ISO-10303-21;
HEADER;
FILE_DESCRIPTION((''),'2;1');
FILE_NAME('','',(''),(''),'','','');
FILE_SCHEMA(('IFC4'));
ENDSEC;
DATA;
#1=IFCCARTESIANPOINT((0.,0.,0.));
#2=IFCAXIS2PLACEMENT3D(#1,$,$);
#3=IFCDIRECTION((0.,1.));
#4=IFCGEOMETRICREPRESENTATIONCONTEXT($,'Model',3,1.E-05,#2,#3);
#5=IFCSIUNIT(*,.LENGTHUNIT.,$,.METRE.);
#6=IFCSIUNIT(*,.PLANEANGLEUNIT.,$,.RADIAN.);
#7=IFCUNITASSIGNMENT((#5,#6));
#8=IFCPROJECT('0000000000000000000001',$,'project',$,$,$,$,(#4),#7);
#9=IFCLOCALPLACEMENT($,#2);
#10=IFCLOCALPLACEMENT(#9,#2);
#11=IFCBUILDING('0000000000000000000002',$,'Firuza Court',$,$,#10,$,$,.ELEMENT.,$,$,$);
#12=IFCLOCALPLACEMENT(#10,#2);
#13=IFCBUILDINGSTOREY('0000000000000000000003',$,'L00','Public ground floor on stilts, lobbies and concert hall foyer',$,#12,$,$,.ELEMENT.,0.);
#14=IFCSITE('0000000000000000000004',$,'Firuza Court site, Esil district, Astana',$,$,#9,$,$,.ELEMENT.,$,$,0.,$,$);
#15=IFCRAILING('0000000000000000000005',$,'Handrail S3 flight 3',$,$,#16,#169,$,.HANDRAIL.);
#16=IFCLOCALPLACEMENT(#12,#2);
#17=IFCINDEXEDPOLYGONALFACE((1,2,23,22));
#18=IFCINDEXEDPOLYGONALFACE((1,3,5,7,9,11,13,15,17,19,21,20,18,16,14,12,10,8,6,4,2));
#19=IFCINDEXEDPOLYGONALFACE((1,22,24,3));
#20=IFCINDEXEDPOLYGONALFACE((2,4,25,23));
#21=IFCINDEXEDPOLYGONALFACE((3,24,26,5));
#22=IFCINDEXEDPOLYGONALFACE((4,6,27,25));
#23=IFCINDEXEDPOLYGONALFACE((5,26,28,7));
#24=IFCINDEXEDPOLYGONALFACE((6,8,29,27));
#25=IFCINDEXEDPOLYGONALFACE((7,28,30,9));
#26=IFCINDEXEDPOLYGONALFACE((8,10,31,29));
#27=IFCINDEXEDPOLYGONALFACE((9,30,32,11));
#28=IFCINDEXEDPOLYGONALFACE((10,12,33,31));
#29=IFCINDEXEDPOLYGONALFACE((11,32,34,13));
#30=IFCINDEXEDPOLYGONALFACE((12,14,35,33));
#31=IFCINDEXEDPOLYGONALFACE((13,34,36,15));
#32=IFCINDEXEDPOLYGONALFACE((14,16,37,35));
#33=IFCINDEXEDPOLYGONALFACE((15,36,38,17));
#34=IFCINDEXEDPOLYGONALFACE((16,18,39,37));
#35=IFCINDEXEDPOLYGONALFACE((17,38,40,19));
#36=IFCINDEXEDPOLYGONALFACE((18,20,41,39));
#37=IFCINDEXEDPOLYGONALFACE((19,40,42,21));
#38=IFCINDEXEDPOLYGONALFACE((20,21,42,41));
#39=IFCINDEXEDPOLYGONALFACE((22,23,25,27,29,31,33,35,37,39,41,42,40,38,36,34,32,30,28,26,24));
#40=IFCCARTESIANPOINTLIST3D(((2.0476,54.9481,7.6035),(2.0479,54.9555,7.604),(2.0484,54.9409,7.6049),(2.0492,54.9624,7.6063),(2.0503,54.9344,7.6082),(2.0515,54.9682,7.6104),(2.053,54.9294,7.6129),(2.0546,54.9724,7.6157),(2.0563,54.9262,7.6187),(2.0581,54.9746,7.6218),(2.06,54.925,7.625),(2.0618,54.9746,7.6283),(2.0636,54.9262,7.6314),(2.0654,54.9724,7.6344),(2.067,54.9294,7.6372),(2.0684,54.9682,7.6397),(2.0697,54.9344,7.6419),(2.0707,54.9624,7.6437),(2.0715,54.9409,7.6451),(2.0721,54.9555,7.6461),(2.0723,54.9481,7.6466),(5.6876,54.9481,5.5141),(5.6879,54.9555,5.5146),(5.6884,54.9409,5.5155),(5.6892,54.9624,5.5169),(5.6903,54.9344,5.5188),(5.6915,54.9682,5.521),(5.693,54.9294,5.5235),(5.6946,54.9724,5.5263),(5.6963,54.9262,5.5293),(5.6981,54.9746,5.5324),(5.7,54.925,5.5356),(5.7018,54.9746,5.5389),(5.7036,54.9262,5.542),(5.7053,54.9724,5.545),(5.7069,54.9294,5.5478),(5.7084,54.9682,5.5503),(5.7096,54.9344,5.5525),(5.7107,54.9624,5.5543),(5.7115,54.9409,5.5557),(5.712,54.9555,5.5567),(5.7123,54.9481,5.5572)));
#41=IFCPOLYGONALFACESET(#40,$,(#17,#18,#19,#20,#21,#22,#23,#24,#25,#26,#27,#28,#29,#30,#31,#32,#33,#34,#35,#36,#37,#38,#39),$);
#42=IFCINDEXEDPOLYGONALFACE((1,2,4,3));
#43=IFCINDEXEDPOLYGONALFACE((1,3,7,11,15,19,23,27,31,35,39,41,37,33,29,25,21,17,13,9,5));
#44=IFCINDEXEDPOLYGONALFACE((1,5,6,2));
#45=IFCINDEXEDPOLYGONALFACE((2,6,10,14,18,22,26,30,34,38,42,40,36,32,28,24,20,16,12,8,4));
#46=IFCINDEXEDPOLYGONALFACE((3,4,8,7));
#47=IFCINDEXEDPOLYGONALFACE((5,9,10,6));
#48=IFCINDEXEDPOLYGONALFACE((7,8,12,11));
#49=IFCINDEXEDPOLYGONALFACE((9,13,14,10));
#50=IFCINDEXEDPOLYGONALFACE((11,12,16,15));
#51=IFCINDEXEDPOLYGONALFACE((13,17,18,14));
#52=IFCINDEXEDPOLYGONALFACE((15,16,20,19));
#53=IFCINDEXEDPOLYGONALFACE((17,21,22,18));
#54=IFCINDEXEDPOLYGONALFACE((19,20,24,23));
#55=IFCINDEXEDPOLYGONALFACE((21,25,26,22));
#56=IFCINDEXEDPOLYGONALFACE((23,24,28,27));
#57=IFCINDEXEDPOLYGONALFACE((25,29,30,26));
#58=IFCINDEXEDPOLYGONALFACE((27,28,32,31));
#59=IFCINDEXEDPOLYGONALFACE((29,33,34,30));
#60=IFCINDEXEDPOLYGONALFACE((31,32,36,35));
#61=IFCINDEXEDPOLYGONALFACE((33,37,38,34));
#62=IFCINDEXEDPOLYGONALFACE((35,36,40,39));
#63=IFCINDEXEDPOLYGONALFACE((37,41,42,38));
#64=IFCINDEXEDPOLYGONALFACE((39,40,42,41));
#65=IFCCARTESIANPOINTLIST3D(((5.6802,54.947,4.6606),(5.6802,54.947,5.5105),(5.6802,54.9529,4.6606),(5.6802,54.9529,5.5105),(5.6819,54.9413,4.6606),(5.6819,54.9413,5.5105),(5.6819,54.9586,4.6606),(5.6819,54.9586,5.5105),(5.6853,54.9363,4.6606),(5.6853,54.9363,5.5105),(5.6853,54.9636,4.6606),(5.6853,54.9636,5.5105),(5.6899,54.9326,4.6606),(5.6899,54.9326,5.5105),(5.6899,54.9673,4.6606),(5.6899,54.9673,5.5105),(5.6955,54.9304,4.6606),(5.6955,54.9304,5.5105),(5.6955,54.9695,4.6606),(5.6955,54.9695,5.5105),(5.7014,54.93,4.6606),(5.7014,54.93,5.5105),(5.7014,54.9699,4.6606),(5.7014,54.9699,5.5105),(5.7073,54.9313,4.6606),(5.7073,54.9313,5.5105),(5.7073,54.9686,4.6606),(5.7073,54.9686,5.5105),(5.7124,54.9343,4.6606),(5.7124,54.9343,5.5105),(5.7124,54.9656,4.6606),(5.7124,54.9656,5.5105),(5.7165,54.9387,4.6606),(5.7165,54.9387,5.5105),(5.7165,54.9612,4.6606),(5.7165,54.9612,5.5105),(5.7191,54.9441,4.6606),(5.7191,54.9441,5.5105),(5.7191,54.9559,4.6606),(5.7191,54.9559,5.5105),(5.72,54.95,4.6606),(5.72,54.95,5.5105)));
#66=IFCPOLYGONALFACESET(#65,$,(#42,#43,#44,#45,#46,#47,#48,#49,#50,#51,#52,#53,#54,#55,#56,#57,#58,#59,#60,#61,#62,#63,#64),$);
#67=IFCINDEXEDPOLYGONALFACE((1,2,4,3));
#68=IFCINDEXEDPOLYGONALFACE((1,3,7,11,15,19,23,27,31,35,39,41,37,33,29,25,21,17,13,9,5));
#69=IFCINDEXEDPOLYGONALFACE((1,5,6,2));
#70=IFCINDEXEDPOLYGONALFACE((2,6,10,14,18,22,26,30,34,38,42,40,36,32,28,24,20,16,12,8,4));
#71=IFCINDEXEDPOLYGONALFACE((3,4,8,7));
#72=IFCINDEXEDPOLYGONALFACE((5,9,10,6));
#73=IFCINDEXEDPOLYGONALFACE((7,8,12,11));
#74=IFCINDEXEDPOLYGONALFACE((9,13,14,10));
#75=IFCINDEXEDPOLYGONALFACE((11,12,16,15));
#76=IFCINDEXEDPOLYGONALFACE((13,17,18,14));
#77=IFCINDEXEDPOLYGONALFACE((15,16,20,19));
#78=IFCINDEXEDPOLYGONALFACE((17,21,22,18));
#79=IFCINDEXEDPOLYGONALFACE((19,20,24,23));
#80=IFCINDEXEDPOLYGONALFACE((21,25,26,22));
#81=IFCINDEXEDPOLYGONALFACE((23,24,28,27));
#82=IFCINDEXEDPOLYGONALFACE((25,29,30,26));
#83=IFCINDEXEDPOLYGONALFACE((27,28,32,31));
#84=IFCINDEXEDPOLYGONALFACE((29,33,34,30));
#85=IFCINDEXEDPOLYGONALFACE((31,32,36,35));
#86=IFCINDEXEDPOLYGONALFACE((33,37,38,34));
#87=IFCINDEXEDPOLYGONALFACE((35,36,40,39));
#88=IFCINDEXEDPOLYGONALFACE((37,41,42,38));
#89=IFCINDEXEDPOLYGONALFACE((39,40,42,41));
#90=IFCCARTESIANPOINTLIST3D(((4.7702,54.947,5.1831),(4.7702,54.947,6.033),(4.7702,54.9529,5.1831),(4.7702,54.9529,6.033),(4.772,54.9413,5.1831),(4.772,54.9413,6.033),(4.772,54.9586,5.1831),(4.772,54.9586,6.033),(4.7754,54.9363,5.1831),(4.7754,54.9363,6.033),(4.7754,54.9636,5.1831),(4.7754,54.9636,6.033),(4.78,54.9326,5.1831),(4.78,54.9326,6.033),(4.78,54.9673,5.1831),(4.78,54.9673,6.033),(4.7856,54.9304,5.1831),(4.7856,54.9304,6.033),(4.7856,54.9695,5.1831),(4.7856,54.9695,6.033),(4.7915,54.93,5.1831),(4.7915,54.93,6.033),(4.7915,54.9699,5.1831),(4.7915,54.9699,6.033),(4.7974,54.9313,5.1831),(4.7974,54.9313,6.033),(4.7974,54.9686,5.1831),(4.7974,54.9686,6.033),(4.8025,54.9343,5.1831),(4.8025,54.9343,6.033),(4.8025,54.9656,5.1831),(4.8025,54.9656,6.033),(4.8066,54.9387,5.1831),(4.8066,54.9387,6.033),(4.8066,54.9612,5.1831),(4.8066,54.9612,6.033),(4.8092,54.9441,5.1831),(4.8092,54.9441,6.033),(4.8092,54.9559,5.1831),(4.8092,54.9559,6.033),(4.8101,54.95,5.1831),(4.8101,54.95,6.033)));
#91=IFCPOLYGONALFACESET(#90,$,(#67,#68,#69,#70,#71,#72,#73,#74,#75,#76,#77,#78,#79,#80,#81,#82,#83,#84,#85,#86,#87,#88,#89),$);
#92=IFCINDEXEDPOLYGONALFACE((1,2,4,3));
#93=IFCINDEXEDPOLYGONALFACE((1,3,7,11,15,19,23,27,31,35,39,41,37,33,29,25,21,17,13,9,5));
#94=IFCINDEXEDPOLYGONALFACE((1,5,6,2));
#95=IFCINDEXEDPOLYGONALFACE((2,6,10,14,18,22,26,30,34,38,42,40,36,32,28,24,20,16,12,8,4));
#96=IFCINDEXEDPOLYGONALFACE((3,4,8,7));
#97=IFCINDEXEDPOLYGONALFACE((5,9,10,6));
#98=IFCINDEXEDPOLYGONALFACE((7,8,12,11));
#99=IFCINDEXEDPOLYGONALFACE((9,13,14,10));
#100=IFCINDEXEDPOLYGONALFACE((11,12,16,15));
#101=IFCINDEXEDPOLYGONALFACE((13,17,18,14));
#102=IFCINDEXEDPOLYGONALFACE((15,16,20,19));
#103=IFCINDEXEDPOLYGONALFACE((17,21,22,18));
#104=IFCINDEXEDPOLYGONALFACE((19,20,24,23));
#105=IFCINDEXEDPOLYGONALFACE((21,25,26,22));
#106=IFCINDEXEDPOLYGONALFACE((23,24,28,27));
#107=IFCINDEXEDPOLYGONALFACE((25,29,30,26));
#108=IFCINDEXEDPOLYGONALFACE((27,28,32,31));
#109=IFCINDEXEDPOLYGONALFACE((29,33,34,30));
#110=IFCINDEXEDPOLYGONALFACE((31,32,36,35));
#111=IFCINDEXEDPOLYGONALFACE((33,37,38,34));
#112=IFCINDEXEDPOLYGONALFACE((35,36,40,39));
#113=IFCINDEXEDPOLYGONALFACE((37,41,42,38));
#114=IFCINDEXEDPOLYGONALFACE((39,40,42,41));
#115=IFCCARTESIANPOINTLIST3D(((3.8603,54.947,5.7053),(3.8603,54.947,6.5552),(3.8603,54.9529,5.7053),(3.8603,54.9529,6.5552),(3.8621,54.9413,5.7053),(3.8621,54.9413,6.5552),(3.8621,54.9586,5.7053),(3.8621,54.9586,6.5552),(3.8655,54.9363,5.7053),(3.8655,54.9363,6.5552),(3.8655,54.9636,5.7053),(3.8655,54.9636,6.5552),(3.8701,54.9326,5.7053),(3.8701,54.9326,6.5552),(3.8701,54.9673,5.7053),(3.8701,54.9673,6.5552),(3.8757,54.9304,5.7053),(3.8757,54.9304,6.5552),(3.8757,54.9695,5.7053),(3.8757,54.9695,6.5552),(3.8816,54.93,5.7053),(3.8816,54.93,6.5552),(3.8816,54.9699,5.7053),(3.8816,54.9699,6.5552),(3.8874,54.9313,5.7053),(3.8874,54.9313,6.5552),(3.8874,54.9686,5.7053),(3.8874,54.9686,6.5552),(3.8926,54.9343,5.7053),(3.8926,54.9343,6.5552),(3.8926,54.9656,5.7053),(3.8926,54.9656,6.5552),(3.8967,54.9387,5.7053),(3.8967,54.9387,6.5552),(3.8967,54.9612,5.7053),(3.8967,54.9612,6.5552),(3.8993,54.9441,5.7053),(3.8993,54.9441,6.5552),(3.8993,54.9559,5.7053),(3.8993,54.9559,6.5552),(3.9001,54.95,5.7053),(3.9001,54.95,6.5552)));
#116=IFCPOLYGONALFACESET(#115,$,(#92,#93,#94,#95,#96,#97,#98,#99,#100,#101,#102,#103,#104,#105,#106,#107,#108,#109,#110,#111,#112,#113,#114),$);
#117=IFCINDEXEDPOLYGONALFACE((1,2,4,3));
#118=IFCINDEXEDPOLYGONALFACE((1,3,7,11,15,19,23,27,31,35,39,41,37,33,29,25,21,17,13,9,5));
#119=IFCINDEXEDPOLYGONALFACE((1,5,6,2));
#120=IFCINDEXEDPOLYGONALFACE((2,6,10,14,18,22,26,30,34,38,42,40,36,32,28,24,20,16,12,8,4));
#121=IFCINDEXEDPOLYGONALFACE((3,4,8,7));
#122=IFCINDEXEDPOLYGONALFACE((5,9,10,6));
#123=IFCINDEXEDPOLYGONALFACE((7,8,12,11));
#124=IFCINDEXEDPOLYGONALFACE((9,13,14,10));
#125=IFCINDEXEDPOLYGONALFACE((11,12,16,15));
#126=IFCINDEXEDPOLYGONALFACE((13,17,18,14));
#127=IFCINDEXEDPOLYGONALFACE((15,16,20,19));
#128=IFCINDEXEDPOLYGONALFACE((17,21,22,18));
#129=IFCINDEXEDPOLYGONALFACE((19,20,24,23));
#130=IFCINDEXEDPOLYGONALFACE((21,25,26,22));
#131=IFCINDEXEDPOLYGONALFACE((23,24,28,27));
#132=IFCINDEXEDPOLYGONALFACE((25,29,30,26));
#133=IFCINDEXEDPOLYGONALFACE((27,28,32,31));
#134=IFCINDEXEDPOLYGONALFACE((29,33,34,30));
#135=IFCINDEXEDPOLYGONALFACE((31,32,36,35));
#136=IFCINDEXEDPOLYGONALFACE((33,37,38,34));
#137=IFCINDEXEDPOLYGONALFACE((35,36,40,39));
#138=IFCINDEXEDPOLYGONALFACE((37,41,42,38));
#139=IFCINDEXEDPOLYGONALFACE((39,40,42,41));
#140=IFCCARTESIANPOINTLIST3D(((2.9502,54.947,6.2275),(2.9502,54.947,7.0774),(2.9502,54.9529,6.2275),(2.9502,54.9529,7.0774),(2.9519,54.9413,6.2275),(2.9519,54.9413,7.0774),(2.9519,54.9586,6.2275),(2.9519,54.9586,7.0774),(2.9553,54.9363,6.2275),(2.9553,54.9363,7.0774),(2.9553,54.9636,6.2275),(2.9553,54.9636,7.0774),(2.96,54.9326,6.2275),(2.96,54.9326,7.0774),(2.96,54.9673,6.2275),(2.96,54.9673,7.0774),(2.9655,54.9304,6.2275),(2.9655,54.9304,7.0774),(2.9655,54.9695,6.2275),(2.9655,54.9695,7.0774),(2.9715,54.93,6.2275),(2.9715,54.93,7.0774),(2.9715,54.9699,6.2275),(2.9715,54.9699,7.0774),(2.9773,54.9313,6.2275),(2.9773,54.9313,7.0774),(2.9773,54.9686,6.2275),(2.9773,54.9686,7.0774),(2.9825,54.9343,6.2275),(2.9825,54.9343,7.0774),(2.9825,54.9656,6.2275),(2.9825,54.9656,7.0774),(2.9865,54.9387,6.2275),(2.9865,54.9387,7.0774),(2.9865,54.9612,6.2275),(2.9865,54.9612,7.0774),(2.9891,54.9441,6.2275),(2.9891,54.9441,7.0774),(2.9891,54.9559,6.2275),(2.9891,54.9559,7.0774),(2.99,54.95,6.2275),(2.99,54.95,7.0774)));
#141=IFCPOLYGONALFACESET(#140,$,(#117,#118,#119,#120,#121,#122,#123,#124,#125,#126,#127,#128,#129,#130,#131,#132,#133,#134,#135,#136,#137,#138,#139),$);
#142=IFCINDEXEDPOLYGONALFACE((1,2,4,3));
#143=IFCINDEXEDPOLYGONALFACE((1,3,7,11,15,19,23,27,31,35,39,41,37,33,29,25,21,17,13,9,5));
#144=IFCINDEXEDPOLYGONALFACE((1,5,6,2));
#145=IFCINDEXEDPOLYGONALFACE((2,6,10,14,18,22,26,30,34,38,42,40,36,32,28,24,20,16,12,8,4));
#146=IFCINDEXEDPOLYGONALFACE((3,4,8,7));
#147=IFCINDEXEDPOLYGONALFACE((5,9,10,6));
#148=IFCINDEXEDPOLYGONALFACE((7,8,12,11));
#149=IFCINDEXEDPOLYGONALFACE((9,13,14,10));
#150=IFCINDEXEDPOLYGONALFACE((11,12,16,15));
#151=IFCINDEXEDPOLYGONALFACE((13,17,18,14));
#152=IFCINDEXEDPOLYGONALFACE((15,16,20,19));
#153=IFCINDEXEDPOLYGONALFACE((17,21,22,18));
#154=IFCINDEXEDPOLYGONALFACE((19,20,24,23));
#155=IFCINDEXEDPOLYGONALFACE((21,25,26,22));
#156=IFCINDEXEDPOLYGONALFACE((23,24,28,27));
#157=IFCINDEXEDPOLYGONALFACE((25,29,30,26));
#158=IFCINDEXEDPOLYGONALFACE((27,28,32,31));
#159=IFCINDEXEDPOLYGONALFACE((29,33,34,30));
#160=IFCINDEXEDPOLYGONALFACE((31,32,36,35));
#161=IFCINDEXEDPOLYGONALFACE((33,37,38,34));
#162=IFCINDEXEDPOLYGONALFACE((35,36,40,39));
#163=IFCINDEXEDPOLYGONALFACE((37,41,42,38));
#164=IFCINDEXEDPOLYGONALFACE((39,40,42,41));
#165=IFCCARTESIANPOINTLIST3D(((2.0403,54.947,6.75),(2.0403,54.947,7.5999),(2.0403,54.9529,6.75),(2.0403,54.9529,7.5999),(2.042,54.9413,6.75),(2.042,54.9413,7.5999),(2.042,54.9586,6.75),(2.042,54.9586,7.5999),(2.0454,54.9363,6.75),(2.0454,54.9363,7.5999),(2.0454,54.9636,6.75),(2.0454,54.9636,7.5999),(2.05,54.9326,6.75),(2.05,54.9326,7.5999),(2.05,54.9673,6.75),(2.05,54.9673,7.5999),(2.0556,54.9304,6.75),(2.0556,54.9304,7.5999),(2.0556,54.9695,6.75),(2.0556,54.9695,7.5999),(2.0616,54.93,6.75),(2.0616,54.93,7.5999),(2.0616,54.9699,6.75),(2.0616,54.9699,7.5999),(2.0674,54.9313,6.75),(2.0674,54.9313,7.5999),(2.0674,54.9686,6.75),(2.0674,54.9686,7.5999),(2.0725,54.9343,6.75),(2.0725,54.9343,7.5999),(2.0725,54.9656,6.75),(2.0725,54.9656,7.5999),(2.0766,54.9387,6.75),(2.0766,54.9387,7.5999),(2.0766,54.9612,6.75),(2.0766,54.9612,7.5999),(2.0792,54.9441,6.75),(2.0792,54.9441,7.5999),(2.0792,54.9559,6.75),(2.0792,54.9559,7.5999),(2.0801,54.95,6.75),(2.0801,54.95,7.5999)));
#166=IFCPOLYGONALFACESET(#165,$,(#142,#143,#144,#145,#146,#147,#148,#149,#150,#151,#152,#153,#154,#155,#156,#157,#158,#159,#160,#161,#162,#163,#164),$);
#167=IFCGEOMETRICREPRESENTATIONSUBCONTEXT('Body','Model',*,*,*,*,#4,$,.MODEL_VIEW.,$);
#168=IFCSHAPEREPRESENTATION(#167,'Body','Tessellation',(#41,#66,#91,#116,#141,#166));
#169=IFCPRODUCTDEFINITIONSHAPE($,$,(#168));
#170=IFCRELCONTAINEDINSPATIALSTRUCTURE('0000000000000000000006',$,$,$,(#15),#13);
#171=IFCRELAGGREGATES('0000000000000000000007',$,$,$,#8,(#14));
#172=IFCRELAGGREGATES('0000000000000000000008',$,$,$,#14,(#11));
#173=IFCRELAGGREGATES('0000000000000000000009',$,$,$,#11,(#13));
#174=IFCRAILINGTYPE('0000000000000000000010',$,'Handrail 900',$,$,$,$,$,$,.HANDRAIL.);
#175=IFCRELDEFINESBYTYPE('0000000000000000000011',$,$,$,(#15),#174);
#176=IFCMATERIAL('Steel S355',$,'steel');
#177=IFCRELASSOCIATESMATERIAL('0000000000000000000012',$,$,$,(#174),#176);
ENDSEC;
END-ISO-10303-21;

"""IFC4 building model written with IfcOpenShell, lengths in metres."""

from ifc_helpers import new_model, si_unit, direction, frame, origin, origin_2d, place, context, subcontext, project, spatial, circle, extrude, material, type_object, element, save


model = new_model("IFC4")

# Units and contexts
model_context = context("Model", 3, precision=1e-05, world=origin(), true_north=direction((0.0, 1.0)))
body_context = subcontext(model_context, "Body", "Model", "MODEL_VIEW")
ifc_project = project(units=[si_unit("LENGTHUNIT", "METRE"), si_unit("PLANEANGLEUNIT", "RADIAN")], contexts=[model_context])

# Site, building, storey
site_placement = place(None, origin())
site = spatial("IfcSite", under=ifc_project, at=site_placement, Name="Firuza Court site, Esil district, Astana", CompositionType="ELEMENT", RefElevation=0.0)
building_placement = place(site_placement, origin())
building = spatial("IfcBuilding", under=site, at=building_placement, Name="Firuza Court", CompositionType="ELEMENT")
storey_placement = place(building_placement, origin())
storey = spatial("IfcBuildingStorey", under=building, at=storey_placement, Name="L00", Description="Public ground floor on stilts, lobbies and concert hall foyer", CompositionType="ELEMENT", Elevation=0.0)

# Railing
ifc_material_1 = material(Name="Steel S355", Category="steel")
railing_type_1 = type_object("IfcRailingType", Name="Handrail 900", PredefinedType="HANDRAIL", material=ifc_material_1)
for number, where, name in (
    (1, (5.7, 54.95, 4.6606), "Handrail S3 flight 3"),
):
    element("IfcRailing", number, at=place(storey_placement, frame(where)), inside=storey, type_object=railing_type_1, Name=name, PredefinedType="HANDRAIL", context=body_context, shape_type="SweptSolid", body=[
        extrude(circle(Radius=0.0249, at=origin_2d()), frame((0.0, 0.0, 0.875), z_axis=(-0.867275, 0.0, 0.497829), x_axis=(0.0, -1.0, 0.0)), (0.0, 0.0, 1.0), 4.197),
        extrude(circle(Radius=0.02, at=origin_2d()), origin(), (0.0, 0.0, 1.0), 0.8499),
        extrude(circle(Radius=0.02, at=origin_2d()), frame((-0.9099, 0.0, 0.5225)), (0.0, 0.0, 1.0), 0.8499),
        extrude(circle(Radius=0.02, at=origin_2d()), frame((-1.8198, 0.0, 1.0447)), (0.0, 0.0, 1.0), 0.8499),
        extrude(circle(Radius=0.02, at=origin_2d()), frame((-2.73, 0.0, 1.5669)), (0.0, 0.0, 1.0), 0.8499),
        extrude(circle(Radius=0.02, at=origin_2d()), frame((-3.6399, 0.0, 2.0894)), (0.0, 0.0, 1.0), 0.8499),
    ])

save(model, "model.ifc")
